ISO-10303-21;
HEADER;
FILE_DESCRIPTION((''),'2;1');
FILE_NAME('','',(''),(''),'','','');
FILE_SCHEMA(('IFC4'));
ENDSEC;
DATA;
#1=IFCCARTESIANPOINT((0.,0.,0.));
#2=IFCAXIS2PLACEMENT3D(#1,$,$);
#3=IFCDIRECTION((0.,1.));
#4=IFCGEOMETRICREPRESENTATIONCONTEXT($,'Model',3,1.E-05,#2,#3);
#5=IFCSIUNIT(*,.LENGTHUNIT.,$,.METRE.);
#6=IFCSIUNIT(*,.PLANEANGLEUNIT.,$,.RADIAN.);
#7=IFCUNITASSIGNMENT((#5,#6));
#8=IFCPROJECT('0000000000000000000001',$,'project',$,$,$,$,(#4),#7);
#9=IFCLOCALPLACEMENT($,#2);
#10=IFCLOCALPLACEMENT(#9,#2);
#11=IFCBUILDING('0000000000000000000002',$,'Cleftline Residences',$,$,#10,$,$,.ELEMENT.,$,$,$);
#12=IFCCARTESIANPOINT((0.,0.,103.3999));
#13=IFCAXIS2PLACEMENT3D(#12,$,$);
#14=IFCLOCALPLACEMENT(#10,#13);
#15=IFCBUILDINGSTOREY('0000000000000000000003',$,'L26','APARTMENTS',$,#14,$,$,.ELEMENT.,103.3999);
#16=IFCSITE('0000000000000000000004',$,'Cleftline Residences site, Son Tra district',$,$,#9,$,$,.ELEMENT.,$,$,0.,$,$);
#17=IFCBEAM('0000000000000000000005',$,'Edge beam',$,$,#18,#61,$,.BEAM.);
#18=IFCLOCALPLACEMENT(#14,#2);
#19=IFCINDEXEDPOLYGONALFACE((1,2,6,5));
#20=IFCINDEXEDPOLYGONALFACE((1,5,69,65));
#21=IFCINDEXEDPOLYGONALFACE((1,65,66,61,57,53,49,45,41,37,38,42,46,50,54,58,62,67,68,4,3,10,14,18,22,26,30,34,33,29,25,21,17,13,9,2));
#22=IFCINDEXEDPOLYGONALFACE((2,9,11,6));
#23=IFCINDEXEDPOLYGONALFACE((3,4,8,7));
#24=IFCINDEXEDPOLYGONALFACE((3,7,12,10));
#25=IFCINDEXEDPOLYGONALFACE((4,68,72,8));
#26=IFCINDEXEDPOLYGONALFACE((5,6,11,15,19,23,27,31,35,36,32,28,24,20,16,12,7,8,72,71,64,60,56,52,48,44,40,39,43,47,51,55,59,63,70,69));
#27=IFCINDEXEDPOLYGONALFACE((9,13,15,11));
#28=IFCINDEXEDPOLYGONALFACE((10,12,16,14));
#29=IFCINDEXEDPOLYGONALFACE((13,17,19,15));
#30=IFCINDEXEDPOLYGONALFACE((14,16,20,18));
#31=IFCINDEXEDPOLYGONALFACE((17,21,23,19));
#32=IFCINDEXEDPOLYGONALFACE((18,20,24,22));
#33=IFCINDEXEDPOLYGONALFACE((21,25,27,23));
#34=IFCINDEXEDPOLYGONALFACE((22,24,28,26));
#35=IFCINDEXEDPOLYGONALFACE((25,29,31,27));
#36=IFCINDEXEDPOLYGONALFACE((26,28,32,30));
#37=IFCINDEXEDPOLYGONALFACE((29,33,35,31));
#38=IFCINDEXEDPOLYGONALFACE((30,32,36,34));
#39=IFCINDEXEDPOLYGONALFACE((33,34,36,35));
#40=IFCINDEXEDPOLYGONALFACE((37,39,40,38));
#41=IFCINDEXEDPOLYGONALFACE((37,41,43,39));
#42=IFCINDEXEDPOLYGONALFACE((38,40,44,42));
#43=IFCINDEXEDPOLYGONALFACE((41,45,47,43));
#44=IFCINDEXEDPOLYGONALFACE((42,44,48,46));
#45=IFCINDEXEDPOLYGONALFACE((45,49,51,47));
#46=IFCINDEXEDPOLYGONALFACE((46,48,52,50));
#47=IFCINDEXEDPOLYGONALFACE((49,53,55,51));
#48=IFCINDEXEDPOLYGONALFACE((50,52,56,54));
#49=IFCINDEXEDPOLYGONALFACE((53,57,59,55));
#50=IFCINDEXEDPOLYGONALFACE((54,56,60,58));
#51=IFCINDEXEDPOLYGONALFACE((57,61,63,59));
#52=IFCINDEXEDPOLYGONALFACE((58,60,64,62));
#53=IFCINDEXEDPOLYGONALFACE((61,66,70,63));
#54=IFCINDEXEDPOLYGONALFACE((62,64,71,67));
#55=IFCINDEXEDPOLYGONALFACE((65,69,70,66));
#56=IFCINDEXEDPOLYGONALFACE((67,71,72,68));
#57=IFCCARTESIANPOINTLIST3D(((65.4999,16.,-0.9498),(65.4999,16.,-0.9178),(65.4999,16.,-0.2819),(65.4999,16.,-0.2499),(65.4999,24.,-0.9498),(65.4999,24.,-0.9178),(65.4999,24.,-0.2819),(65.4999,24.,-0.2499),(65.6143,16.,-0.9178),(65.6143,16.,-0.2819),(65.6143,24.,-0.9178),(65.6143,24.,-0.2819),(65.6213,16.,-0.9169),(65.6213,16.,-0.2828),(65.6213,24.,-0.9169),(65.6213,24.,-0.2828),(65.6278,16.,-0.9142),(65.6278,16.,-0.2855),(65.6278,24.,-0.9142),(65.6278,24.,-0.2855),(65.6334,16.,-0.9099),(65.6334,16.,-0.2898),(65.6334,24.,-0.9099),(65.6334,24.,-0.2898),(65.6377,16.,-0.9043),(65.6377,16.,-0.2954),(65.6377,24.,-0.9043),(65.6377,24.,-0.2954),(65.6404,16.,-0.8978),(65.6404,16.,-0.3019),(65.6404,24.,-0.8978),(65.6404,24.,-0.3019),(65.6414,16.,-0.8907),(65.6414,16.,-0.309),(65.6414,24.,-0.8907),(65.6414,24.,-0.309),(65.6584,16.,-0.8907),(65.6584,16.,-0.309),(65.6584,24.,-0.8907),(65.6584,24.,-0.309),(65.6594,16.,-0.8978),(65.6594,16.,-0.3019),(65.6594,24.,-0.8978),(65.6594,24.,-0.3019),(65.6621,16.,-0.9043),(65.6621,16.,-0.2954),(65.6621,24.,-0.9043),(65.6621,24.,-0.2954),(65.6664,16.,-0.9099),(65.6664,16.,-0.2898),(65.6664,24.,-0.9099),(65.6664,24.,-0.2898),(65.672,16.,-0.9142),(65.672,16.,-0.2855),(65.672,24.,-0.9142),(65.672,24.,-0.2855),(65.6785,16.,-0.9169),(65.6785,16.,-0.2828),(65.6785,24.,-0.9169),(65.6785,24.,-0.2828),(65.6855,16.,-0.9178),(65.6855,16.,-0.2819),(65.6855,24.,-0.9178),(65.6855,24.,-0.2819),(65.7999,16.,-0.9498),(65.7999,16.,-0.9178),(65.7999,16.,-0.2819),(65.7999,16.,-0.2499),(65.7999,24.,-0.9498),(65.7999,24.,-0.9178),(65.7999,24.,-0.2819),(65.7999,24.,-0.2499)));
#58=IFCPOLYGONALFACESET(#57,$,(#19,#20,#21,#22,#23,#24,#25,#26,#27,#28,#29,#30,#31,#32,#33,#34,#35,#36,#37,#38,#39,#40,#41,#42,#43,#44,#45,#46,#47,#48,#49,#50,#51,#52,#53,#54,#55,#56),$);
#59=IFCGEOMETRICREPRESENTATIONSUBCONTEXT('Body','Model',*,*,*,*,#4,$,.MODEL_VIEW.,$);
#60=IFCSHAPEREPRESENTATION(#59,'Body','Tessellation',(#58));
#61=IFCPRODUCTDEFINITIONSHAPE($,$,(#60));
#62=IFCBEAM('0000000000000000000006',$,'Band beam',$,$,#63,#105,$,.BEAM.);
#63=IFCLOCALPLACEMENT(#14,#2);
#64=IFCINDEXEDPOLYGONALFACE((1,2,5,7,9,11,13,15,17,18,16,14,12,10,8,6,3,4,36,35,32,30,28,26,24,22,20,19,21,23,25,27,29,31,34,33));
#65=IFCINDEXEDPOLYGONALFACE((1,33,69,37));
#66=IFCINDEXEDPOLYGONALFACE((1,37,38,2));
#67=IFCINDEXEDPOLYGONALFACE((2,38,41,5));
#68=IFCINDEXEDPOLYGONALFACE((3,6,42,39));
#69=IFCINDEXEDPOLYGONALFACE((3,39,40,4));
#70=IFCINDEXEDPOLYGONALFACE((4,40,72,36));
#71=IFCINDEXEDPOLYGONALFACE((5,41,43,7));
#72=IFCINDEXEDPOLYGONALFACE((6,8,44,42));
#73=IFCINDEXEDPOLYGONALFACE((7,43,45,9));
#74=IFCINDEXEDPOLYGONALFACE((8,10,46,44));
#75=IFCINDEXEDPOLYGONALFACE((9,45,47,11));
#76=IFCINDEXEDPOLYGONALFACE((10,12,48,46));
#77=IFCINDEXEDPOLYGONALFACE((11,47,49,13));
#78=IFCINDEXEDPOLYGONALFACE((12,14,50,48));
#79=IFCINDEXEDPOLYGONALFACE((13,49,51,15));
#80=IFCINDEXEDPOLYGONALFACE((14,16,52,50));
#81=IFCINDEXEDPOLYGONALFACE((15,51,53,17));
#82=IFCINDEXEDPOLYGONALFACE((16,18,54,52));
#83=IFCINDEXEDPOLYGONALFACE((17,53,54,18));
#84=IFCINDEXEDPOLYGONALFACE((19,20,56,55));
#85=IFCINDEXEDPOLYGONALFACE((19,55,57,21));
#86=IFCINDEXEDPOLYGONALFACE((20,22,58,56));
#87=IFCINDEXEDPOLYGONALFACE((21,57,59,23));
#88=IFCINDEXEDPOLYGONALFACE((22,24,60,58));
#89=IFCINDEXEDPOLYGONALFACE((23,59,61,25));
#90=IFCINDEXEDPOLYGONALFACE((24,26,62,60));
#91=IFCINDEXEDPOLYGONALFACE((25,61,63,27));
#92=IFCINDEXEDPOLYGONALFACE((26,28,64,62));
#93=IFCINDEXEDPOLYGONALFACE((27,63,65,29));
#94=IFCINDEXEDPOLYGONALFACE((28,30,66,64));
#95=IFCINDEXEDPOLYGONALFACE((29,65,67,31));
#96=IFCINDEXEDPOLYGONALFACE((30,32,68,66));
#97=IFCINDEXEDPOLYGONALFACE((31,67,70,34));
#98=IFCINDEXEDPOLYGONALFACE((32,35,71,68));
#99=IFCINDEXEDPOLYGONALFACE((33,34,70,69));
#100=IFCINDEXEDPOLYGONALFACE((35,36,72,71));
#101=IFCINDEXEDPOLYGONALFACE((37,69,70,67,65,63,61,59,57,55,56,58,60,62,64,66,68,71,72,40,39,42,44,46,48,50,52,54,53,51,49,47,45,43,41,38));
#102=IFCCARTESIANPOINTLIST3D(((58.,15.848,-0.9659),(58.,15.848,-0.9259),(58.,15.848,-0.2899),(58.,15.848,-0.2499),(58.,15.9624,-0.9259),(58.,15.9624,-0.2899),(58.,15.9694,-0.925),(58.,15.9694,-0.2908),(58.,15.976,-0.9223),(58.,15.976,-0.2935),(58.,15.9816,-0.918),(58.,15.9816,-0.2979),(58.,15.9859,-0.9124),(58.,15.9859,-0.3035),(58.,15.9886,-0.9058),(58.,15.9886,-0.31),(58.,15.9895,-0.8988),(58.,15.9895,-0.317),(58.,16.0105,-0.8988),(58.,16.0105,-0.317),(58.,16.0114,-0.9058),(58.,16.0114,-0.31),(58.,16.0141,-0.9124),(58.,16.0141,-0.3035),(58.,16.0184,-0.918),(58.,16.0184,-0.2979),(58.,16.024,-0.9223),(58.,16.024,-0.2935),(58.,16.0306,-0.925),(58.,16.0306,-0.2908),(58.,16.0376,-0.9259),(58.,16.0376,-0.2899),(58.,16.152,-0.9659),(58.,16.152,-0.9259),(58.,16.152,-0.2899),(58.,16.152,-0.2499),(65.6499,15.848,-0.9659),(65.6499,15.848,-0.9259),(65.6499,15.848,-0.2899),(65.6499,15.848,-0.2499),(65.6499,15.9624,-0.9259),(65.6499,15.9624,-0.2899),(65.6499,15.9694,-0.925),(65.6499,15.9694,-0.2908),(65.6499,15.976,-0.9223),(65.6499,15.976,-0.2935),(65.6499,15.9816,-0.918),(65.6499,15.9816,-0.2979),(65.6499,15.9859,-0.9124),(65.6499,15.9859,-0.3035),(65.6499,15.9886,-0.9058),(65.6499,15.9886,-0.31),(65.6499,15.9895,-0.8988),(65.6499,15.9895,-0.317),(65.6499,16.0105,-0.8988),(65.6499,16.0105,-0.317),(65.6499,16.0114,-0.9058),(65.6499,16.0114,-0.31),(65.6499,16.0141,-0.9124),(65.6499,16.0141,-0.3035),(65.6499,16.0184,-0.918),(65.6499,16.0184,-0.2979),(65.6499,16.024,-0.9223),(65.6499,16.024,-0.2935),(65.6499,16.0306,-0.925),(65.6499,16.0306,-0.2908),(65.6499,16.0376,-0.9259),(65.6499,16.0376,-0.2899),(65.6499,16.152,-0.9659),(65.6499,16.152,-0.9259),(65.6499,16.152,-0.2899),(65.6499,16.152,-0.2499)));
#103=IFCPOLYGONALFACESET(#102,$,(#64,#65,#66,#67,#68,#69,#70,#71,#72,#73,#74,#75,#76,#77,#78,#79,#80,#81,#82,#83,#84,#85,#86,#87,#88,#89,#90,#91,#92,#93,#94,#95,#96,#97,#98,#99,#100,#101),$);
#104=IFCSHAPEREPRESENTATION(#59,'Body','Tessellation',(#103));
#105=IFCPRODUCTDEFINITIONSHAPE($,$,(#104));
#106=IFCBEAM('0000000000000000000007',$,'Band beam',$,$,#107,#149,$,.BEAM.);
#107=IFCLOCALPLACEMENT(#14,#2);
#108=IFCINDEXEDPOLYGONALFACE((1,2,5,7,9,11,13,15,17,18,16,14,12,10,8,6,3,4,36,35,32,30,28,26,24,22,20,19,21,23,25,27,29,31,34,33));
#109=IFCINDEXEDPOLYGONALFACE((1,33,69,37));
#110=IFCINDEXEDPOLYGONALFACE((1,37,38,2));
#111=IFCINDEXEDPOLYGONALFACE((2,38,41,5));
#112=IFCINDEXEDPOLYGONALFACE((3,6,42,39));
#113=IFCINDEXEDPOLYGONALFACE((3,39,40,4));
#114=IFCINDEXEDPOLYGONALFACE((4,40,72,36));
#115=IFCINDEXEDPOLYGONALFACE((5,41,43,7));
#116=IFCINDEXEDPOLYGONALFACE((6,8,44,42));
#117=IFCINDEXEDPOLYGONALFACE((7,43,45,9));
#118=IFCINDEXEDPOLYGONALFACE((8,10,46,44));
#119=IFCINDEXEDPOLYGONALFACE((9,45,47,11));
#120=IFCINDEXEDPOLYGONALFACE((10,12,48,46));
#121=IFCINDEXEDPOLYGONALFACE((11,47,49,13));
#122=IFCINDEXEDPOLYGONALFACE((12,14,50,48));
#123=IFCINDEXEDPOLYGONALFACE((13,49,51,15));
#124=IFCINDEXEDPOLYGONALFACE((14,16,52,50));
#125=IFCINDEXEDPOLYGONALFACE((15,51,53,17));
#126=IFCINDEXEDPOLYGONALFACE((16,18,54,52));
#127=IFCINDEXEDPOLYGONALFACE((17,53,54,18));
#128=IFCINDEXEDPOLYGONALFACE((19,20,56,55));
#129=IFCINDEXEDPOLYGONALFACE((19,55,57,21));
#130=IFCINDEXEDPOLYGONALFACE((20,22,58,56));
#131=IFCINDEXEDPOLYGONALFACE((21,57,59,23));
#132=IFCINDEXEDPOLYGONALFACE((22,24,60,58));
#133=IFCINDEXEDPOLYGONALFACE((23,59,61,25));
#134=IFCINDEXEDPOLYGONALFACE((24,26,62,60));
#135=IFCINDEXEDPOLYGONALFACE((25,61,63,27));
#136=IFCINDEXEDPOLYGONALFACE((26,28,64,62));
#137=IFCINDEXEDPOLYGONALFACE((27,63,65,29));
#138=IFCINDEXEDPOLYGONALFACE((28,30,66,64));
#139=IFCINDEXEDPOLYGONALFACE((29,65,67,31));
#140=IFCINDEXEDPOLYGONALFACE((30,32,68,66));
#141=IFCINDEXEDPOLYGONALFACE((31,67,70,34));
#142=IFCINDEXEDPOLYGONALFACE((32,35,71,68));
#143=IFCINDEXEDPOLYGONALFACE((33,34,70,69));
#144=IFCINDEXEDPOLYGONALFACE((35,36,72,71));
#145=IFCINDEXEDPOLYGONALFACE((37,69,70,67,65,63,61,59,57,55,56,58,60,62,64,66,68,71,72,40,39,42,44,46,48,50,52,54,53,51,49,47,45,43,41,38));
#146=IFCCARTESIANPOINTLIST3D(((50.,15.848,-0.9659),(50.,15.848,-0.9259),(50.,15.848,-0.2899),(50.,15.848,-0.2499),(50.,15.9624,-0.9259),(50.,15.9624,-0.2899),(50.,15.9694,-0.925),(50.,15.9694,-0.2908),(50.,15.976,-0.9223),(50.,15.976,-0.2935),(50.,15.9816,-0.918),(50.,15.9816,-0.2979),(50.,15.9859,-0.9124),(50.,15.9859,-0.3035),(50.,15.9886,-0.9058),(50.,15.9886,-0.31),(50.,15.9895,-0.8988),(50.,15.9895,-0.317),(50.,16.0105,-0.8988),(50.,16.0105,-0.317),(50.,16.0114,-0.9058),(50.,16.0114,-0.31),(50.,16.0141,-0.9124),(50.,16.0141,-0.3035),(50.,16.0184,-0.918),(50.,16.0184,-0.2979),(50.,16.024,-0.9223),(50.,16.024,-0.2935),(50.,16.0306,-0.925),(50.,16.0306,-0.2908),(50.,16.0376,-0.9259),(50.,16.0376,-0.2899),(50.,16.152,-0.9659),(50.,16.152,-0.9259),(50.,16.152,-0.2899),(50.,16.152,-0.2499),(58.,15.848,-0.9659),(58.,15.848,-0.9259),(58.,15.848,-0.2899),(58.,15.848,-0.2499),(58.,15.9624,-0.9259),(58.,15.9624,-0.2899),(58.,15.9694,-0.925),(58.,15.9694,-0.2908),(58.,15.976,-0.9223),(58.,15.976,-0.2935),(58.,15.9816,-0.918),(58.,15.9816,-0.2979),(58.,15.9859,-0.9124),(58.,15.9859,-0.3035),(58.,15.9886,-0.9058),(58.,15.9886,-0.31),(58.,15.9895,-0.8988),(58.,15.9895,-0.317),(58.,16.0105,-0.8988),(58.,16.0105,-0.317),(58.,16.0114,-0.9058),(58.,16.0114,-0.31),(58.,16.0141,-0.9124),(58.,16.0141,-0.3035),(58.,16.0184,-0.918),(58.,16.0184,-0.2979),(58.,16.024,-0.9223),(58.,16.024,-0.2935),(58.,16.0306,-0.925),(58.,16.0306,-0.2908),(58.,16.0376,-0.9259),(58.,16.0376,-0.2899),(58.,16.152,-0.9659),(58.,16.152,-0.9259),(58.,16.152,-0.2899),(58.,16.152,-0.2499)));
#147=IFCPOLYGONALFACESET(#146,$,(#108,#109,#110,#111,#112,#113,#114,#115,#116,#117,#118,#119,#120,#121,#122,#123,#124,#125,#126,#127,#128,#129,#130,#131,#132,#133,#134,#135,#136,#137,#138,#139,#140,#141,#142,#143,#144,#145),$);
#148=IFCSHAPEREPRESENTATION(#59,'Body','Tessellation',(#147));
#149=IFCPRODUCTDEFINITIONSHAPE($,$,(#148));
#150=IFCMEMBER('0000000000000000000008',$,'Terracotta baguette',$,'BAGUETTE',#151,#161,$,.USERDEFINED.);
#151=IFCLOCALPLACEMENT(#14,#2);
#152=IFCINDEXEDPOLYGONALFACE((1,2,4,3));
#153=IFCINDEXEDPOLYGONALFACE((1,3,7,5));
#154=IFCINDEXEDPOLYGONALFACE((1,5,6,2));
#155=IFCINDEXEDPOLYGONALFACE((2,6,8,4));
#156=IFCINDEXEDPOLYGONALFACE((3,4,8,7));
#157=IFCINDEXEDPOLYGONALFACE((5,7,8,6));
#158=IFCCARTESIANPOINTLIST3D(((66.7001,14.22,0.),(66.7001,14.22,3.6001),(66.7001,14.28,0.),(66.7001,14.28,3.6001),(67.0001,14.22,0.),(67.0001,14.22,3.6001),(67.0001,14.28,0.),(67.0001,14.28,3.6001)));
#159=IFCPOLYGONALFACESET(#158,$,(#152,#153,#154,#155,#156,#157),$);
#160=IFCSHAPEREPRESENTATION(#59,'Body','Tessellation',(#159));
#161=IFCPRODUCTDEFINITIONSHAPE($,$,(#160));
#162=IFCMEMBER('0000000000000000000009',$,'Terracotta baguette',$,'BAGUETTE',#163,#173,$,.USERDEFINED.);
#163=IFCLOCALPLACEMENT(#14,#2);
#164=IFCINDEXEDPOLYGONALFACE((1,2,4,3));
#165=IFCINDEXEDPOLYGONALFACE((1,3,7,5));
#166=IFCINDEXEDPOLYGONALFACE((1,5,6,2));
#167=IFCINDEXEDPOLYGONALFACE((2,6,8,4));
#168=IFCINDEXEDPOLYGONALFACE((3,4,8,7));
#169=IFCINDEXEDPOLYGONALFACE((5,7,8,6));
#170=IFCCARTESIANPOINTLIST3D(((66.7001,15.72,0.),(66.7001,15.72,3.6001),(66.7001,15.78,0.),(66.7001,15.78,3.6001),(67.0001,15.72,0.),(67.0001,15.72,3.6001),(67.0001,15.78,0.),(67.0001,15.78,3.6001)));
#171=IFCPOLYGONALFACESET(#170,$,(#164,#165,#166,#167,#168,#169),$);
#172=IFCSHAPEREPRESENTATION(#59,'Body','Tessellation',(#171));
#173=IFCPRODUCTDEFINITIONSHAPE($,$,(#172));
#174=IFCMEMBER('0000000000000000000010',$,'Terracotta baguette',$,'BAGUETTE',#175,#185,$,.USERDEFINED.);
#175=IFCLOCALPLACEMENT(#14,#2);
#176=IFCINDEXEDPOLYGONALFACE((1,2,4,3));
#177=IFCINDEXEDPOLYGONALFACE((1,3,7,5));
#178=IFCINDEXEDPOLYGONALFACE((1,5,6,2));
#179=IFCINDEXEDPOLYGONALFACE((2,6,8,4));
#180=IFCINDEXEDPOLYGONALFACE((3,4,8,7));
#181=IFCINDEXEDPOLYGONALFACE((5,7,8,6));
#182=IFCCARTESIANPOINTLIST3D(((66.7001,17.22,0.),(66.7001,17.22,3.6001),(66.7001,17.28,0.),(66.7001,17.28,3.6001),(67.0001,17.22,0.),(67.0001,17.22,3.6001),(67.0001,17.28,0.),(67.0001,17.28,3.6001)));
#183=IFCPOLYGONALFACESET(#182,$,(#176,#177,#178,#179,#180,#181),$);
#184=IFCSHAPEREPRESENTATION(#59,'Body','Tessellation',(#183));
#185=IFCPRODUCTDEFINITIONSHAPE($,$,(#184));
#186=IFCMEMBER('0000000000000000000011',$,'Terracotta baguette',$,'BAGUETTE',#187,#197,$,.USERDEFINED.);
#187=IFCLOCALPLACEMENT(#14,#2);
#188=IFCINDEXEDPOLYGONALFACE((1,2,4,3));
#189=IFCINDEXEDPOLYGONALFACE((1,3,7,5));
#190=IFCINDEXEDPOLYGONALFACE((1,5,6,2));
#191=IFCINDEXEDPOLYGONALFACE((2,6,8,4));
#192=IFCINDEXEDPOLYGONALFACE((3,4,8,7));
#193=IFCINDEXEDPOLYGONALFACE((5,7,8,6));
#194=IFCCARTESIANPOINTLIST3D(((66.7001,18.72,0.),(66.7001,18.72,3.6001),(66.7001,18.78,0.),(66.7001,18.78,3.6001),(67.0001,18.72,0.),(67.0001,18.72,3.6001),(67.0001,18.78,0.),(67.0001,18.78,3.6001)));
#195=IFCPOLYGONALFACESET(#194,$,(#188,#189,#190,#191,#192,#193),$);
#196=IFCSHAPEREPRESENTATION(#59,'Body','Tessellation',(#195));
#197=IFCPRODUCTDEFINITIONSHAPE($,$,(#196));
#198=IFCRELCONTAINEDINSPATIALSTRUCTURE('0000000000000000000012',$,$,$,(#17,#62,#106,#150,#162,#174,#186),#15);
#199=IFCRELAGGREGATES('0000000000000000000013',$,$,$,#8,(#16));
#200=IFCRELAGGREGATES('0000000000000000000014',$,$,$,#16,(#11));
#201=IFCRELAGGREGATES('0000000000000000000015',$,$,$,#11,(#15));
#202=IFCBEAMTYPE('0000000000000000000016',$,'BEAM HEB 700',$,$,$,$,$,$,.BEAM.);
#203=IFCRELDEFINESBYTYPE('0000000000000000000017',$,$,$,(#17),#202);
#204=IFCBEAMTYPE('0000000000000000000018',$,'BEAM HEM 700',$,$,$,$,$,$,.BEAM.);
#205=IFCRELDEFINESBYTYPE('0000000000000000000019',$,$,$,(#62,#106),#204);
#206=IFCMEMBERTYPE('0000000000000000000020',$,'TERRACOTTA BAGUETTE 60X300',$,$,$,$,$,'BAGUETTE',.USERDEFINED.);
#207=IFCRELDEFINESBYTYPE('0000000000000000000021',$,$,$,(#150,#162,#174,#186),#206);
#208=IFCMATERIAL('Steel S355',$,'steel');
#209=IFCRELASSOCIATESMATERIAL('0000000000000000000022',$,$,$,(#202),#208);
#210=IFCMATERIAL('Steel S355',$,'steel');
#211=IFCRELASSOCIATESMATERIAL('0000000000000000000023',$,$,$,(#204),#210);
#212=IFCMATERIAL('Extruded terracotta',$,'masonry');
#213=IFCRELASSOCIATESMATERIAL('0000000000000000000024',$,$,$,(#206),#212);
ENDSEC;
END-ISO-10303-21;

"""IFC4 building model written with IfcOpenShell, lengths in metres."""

from ifc_helpers import new_model, si_unit, direction, frame, origin, origin_2d, place, context, subcontext, project, spatial, rectangle, i_section, extrude, material, material_profile, profile_set, type_object, element, save


model = new_model("IFC4")

# Units and contexts
model_context = context("Model", 3, precision=1e-05, world=origin(), true_north=direction((0.0, 1.0)))
body_context = subcontext(model_context, "Body", "Model", "MODEL_VIEW")
ifc_project = project(units=[si_unit("LENGTHUNIT", "METRE"), si_unit("PLANEANGLEUNIT", "RADIAN")], contexts=[model_context])

# Site, building, storey
site_placement = place(None, origin())
site = spatial("IfcSite", under=ifc_project, at=site_placement, Name="Cleftline Residences site, Son Tra district", CompositionType="ELEMENT", RefElevation=0.0)
building_placement = place(site_placement, origin())
building = spatial("IfcBuilding", under=site, at=building_placement, Name="Cleftline Residences", CompositionType="ELEMENT")
storey_placement = place(building_placement, frame((0.0, 0.0, 103.3999)))
storey = spatial("IfcBuildingStorey", under=building, at=storey_placement, Name="L26", Description="APARTMENTS", CompositionType="ELEMENT", Elevation=103.3999)

# Beams
ifc_material_1 = material(Name="Steel S355", Category="steel")
ifc_material_profile_1 = material_profile(ifc_material_1, i_section(OverallWidth=0.3, OverallDepth=0.7, WebThickness=0.0171, FlangeThickness=0.032, FilletRadius=0.0271, at=origin_2d()))
ifc_profile_set_1 = profile_set([ifc_material_profile_1], Name="Steel S355")
beam_type_1 = type_object("IfcBeamType", Name="BEAM HEB 700", PredefinedType="BEAM", material=ifc_profile_set_1)
beam_1_placement = place(storey_placement, frame((65.6499, 16.0, -0.5999), z_axis=(0.0, 1.0, 0.0), x_axis=(-1.0, 0.0, 0.0)))
element("IfcBeam", 1, at=beam_1_placement, inside=storey, type_object=beam_type_1, Name="Edge beam", PredefinedType="BEAM", context=body_context, shape_type="SweptSolid", body=[
    extrude(i_section(OverallWidth=0.3, OverallDepth=0.7, WebThickness=0.0171, FlangeThickness=0.032, FilletRadius=0.0271, at=origin_2d()), origin(), (0.0, 0.0, 1.0), 8.0),
])
ifc_material_2 = material(Name="Steel S355", Category="steel")
ifc_material_profile_2 = material_profile(ifc_material_2, i_section(OverallWidth=0.304, OverallDepth=0.7161, WebThickness=0.021, FlangeThickness=0.04, FilletRadius=0.0271, at=origin_2d()))
ifc_profile_set_2 = profile_set([ifc_material_profile_2], Name="Steel S355")
beam_type_2 = type_object("IfcBeamType", Name="BEAM HEM 700", PredefinedType="BEAM", material=ifc_profile_set_2)
beam_2_placement = place(storey_placement, frame((65.6499, 16.0, -0.6079), z_axis=(-1.0, 0.0, 0.0), x_axis=(0.0, -1.0, 0.0)))
element("IfcBeam", 2, at=beam_2_placement, inside=storey, type_object=beam_type_2, Name="Band beam", PredefinedType="BEAM", context=body_context, shape_type="SweptSolid", body=[
    extrude(i_section(OverallWidth=0.304, OverallDepth=0.7161, WebThickness=0.021, FlangeThickness=0.04, FilletRadius=0.0271, at=origin_2d()), origin(), (0.0, 0.0, 1.0), 7.6499),
])
beam_3_placement = place(storey_placement, frame((58.0, 16.0, -0.6079), z_axis=(-1.0, 0.0, 0.0), x_axis=(0.0, -1.0, 0.0)))
element("IfcBeam", 3, at=beam_3_placement, inside=storey, type_object=beam_type_2, Name="Band beam", PredefinedType="BEAM", context=body_context, shape_type="SweptSolid", body=[
    extrude(i_section(OverallWidth=0.304, OverallDepth=0.7161, WebThickness=0.021, FlangeThickness=0.04, FilletRadius=0.0271, at=origin_2d()), origin(), (0.0, 0.0, 1.0), 8.0),
])

# Members
ifc_material_3 = material(Name="Extruded terracotta", Category="masonry")
ifc_material_profile_3 = material_profile(ifc_material_3, rectangle(XDim=0.0601, YDim=0.3, at=origin_2d()))
ifc_profile_set_3 = profile_set([ifc_material_profile_3], Name="Extruded terracotta")
member_type_1 = type_object("IfcMemberType", Name="TERRACOTTA BAGUETTE 60X300", ElementType="BAGUETTE", PredefinedType="USERDEFINED", material=ifc_profile_set_3)
for number, where, z_axis, x_axis, name in (
    (4, (66.8501, 14.25, 0.0), (0.0, 0.0, 1.0), (0.0, 1.0, 0.0), "Terracotta baguette"),
    (5, (66.8501, 15.75, 0.0), (0.0, 0.0, 1.0), (0.0, 1.0, 0.0), "Terracotta baguette"),
    (6, (66.8501, 17.25, 0.0), (0.0, 0.0, 1.0), (0.0, 1.0, 0.0), "Terracotta baguette"),
    (7, (66.8501, 18.75, 0.0), (0.0, 0.0, 1.0), (0.0, 1.0, 0.0), "Terracotta baguette"),
):
    element("IfcMember", number, at=place(storey_placement, frame(where, z_axis=z_axis, x_axis=x_axis)), inside=storey, type_object=member_type_1, Name=name, ObjectType="BAGUETTE", PredefinedType="USERDEFINED", context=body_context, shape_type="SweptSolid", body=[
        extrude(rectangle(XDim=0.0601, YDim=0.3, at=origin_2d()), origin(), (0.0, 0.0, 1.0), 3.6001),
    ])

save(model, "model.ifc")
